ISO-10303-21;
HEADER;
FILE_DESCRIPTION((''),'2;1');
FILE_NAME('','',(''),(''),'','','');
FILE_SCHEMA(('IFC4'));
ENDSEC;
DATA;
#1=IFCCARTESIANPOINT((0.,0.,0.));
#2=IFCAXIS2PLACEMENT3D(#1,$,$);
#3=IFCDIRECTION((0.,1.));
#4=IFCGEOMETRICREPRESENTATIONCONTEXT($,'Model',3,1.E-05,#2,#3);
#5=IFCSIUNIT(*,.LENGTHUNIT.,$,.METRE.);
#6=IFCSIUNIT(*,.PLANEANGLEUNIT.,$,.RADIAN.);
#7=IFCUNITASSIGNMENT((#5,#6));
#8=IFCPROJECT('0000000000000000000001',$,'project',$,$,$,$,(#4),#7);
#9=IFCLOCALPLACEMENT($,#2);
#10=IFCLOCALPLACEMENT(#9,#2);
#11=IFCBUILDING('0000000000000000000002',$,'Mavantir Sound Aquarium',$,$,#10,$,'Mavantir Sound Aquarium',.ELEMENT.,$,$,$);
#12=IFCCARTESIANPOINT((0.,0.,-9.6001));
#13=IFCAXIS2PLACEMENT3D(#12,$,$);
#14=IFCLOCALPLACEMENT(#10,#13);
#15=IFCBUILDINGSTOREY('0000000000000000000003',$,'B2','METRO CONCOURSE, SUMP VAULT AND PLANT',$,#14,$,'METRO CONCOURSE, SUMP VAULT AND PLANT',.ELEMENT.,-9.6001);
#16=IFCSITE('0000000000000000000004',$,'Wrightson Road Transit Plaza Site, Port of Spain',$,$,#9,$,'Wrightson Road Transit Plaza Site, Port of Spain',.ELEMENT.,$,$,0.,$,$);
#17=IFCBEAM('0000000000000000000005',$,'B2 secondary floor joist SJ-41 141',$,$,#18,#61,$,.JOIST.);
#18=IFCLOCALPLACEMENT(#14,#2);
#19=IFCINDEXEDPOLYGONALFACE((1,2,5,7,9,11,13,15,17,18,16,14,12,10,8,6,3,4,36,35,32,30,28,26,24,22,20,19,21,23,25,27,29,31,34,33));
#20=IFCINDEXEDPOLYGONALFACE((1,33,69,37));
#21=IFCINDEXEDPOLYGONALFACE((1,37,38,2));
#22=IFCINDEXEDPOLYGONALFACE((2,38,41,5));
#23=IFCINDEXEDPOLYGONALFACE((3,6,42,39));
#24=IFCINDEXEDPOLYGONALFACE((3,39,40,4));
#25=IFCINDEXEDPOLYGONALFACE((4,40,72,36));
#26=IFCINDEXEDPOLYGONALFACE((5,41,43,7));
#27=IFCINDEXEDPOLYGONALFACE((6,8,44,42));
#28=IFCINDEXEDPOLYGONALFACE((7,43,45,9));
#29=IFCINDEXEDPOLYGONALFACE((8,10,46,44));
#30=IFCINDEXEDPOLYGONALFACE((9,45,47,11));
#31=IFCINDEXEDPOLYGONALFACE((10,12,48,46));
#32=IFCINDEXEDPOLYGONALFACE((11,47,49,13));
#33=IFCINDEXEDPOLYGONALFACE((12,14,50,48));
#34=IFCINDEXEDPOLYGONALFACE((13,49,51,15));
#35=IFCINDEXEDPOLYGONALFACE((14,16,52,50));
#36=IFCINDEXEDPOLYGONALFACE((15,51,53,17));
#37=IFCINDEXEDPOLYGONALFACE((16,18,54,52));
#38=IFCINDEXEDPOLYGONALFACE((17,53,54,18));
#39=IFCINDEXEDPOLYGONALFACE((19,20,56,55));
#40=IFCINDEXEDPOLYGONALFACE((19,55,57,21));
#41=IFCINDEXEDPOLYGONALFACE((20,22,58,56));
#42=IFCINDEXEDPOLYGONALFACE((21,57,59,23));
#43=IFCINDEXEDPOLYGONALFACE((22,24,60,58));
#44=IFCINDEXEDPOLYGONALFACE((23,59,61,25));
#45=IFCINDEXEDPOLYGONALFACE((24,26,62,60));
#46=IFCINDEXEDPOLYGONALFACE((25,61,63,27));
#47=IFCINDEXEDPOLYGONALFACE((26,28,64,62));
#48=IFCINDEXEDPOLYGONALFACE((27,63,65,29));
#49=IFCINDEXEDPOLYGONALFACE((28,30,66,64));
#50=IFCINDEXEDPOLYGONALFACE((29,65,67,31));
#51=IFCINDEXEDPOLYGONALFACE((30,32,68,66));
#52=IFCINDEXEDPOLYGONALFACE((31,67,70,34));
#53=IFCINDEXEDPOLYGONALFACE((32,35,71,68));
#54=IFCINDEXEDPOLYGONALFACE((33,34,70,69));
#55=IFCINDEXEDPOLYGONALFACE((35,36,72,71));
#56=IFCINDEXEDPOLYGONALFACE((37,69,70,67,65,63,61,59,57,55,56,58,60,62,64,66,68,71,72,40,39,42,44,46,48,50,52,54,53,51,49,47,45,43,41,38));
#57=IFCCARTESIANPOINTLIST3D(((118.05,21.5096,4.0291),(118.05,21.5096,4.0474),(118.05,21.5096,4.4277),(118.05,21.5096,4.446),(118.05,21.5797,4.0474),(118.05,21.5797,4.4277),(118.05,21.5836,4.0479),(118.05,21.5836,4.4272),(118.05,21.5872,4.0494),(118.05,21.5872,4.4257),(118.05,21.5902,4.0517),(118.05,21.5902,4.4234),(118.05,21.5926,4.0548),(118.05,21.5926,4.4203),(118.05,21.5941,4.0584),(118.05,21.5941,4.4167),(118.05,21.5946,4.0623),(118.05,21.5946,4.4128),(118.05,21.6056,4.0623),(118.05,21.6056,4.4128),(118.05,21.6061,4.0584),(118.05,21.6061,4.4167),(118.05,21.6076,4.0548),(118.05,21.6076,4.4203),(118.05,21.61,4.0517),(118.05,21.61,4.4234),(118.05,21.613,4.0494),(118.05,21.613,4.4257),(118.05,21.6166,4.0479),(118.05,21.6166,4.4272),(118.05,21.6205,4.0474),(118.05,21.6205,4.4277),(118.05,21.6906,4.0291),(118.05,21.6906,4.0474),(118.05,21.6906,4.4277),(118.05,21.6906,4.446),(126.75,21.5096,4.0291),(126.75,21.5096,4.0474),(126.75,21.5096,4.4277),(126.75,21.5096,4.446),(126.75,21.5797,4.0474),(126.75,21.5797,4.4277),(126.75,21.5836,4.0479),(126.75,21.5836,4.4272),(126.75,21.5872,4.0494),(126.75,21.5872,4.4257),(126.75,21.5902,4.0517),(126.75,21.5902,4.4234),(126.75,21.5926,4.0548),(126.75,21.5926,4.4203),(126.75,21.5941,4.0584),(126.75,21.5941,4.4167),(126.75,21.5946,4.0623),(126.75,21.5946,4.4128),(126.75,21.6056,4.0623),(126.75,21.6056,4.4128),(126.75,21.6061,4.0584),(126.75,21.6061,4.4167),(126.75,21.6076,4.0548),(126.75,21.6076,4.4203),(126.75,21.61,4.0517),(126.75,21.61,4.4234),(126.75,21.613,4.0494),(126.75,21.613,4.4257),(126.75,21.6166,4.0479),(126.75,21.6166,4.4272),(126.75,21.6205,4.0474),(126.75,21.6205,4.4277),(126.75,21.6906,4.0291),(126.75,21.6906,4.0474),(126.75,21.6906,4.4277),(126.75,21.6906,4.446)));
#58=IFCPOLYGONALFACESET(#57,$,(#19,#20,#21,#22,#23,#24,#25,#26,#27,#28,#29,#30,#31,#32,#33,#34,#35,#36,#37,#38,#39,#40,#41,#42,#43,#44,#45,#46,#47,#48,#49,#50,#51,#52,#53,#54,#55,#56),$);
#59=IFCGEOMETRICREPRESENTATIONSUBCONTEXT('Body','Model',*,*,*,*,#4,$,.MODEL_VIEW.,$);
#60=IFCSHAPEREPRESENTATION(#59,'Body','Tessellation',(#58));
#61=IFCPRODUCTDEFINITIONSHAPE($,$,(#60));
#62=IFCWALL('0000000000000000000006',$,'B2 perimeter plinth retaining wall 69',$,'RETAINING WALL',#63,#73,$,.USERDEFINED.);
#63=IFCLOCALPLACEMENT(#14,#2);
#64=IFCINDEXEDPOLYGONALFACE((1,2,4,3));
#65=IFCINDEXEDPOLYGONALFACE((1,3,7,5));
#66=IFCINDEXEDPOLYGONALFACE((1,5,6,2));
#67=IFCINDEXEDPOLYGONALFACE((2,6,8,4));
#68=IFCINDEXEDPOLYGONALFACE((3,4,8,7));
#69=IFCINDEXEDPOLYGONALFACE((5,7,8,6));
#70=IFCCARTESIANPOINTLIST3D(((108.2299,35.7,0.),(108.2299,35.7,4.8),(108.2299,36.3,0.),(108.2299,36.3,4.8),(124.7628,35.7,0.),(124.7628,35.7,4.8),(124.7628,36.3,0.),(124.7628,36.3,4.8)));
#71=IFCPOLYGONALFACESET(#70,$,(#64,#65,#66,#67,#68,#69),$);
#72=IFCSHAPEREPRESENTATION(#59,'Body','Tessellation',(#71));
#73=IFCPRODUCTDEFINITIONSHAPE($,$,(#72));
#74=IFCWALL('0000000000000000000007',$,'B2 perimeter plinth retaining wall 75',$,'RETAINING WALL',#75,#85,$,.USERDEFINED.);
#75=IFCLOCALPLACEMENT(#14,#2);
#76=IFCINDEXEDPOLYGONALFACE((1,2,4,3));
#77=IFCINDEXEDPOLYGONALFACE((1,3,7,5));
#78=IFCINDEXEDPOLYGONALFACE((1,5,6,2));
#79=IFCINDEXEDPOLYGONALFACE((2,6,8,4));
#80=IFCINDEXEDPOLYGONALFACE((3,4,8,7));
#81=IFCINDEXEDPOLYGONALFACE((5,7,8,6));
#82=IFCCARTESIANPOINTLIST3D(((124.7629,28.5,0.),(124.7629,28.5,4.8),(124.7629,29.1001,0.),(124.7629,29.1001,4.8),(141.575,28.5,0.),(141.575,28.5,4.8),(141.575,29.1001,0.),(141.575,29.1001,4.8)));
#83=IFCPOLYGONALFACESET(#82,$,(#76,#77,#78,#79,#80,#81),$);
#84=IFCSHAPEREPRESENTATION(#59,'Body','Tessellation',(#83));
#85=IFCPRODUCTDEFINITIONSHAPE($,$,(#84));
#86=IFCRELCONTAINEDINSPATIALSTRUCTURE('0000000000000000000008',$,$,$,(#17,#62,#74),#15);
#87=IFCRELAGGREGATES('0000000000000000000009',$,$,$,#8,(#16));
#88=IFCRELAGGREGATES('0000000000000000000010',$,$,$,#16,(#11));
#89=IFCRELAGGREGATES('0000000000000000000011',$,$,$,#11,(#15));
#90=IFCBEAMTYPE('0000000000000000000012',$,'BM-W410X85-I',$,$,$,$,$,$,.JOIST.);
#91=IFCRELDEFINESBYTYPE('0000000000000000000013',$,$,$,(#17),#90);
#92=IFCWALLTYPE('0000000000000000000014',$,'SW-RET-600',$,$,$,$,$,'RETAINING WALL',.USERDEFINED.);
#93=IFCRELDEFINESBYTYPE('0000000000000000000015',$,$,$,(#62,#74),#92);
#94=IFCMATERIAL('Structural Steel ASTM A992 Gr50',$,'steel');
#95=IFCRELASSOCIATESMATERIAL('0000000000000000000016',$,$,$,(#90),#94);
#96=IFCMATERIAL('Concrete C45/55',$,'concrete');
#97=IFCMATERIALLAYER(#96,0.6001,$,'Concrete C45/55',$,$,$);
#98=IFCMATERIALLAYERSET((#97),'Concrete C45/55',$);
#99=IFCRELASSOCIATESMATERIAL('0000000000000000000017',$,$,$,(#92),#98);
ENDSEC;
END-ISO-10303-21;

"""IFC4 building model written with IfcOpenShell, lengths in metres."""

from ifc_helpers import new_model, si_unit, direction, frame, frame_2d, origin, origin_2d, place, context, subcontext, project, spatial, rectangle, i_section, extrude, material, layer, layer_set, material_profile, profile_set, type_object, element, save


model = new_model("IFC4")

# Units and contexts
model_context = context("Model", 3, precision=1e-05, world=origin(), true_north=direction((0.0, 1.0)))
body_context = subcontext(model_context, "Body", "Model", "MODEL_VIEW")
ifc_project = project(units=[si_unit("LENGTHUNIT", "METRE"), si_unit("PLANEANGLEUNIT", "RADIAN")], contexts=[model_context])

# Site, building, storey
site_placement = place(None, origin())
site = spatial("IfcSite", under=ifc_project, at=site_placement, Name="Wrightson Road Transit Plaza Site, Port of Spain", LongName="Wrightson Road Transit Plaza Site, Port of Spain", CompositionType="ELEMENT", RefElevation=0.0)
building_placement = place(site_placement, origin())
building = spatial("IfcBuilding", under=site, at=building_placement, Name="Mavantir Sound Aquarium", LongName="Mavantir Sound Aquarium", CompositionType="ELEMENT")
storey_placement = place(building_placement, frame((0.0, 0.0, -9.6001)))
storey = spatial("IfcBuildingStorey", under=building, at=storey_placement, Name="B2", Description="METRO CONCOURSE, SUMP VAULT AND PLANT", LongName="METRO CONCOURSE, SUMP VAULT AND PLANT", CompositionType="ELEMENT", Elevation=-9.6001)

# Beam
ifc_material_1 = material(Name="Structural Steel ASTM A992 Gr50", Category="steel")
ifc_material_profile_1 = material_profile(ifc_material_1, i_section(OverallWidth=0.1809, OverallDepth=0.417, WebThickness=0.011, FlangeThickness=0.0183, FilletRadius=0.0149, at=origin_2d()), Name="W410X85")
ifc_profile_set_1 = profile_set([ifc_material_profile_1], Name="Structural Steel ASTM A992 Gr50")
beam_type_1 = type_object("IfcBeamType", Name="BM-W410X85-I", PredefinedType="JOIST", material=ifc_profile_set_1)
beam_1_placement = place(storey_placement, frame((118.05, 21.6001, 4.2375), z_axis=(1.0, 0.0, 0.0), x_axis=(0.0, 1.0, 0.0)))
element("IfcBeam", 1, at=beam_1_placement, inside=storey, type_object=beam_type_1, Name="B2 secondary floor joist SJ-41 141", PredefinedType="JOIST", context=body_context, shape_type="SweptSolid", body=[
    extrude(i_section(OverallWidth=0.1809, OverallDepth=0.417, WebThickness=0.011, FlangeThickness=0.0183, FilletRadius=0.0149, at=origin_2d()), origin(), (0.0, 0.0, 1.0), 8.7),
])

# Walls
ifc_material_2 = material(Name="Concrete C45/55", Category="concrete")
ifc_layer = layer(ifc_material_2, 0.6001, Name="Concrete C45/55")
ifc_layer_set = layer_set([ifc_layer], Name="Concrete C45/55")
wall_type = type_object("IfcWallType", Name="SW-RET-600", ElementType="RETAINING WALL", PredefinedType="USERDEFINED", material=ifc_layer_set)
wall_1_placement = place(storey_placement, frame((124.7629, 36.0, 0.0), z_axis=(0.0, 0.0, 1.0), x_axis=(-1.0, 0.0, 0.0)))
element("IfcWall", 2, at=wall_1_placement, inside=storey, type_object=wall_type, Name="B2 perimeter plinth retaining wall 69", ObjectType="RETAINING WALL", PredefinedType="USERDEFINED", context=body_context, shape_type="SweptSolid", body=[
    extrude(rectangle(XDim=16.533, YDim=0.6001, at=frame_2d((8.2666, 0.0))), origin(), (0.0, 0.0, 1.0), 4.8),
])
wall_2_placement = place(storey_placement, frame((124.7629, 28.8, 0.0), z_axis=(0.0, 0.0, 1.0), x_axis=(1.0, 0.0, 0.0)))
element("IfcWall", 3, at=wall_2_placement, inside=storey, type_object=wall_type, Name="B2 perimeter plinth retaining wall 75", ObjectType="RETAINING WALL", PredefinedType="USERDEFINED", context=body_context, shape_type="SweptSolid", body=[
    extrude(rectangle(XDim=16.812, YDim=0.6001, at=frame_2d((8.406, 0.0))), origin(), (0.0, 0.0, 1.0), 4.8),
])

save(model, "model.ifc")
